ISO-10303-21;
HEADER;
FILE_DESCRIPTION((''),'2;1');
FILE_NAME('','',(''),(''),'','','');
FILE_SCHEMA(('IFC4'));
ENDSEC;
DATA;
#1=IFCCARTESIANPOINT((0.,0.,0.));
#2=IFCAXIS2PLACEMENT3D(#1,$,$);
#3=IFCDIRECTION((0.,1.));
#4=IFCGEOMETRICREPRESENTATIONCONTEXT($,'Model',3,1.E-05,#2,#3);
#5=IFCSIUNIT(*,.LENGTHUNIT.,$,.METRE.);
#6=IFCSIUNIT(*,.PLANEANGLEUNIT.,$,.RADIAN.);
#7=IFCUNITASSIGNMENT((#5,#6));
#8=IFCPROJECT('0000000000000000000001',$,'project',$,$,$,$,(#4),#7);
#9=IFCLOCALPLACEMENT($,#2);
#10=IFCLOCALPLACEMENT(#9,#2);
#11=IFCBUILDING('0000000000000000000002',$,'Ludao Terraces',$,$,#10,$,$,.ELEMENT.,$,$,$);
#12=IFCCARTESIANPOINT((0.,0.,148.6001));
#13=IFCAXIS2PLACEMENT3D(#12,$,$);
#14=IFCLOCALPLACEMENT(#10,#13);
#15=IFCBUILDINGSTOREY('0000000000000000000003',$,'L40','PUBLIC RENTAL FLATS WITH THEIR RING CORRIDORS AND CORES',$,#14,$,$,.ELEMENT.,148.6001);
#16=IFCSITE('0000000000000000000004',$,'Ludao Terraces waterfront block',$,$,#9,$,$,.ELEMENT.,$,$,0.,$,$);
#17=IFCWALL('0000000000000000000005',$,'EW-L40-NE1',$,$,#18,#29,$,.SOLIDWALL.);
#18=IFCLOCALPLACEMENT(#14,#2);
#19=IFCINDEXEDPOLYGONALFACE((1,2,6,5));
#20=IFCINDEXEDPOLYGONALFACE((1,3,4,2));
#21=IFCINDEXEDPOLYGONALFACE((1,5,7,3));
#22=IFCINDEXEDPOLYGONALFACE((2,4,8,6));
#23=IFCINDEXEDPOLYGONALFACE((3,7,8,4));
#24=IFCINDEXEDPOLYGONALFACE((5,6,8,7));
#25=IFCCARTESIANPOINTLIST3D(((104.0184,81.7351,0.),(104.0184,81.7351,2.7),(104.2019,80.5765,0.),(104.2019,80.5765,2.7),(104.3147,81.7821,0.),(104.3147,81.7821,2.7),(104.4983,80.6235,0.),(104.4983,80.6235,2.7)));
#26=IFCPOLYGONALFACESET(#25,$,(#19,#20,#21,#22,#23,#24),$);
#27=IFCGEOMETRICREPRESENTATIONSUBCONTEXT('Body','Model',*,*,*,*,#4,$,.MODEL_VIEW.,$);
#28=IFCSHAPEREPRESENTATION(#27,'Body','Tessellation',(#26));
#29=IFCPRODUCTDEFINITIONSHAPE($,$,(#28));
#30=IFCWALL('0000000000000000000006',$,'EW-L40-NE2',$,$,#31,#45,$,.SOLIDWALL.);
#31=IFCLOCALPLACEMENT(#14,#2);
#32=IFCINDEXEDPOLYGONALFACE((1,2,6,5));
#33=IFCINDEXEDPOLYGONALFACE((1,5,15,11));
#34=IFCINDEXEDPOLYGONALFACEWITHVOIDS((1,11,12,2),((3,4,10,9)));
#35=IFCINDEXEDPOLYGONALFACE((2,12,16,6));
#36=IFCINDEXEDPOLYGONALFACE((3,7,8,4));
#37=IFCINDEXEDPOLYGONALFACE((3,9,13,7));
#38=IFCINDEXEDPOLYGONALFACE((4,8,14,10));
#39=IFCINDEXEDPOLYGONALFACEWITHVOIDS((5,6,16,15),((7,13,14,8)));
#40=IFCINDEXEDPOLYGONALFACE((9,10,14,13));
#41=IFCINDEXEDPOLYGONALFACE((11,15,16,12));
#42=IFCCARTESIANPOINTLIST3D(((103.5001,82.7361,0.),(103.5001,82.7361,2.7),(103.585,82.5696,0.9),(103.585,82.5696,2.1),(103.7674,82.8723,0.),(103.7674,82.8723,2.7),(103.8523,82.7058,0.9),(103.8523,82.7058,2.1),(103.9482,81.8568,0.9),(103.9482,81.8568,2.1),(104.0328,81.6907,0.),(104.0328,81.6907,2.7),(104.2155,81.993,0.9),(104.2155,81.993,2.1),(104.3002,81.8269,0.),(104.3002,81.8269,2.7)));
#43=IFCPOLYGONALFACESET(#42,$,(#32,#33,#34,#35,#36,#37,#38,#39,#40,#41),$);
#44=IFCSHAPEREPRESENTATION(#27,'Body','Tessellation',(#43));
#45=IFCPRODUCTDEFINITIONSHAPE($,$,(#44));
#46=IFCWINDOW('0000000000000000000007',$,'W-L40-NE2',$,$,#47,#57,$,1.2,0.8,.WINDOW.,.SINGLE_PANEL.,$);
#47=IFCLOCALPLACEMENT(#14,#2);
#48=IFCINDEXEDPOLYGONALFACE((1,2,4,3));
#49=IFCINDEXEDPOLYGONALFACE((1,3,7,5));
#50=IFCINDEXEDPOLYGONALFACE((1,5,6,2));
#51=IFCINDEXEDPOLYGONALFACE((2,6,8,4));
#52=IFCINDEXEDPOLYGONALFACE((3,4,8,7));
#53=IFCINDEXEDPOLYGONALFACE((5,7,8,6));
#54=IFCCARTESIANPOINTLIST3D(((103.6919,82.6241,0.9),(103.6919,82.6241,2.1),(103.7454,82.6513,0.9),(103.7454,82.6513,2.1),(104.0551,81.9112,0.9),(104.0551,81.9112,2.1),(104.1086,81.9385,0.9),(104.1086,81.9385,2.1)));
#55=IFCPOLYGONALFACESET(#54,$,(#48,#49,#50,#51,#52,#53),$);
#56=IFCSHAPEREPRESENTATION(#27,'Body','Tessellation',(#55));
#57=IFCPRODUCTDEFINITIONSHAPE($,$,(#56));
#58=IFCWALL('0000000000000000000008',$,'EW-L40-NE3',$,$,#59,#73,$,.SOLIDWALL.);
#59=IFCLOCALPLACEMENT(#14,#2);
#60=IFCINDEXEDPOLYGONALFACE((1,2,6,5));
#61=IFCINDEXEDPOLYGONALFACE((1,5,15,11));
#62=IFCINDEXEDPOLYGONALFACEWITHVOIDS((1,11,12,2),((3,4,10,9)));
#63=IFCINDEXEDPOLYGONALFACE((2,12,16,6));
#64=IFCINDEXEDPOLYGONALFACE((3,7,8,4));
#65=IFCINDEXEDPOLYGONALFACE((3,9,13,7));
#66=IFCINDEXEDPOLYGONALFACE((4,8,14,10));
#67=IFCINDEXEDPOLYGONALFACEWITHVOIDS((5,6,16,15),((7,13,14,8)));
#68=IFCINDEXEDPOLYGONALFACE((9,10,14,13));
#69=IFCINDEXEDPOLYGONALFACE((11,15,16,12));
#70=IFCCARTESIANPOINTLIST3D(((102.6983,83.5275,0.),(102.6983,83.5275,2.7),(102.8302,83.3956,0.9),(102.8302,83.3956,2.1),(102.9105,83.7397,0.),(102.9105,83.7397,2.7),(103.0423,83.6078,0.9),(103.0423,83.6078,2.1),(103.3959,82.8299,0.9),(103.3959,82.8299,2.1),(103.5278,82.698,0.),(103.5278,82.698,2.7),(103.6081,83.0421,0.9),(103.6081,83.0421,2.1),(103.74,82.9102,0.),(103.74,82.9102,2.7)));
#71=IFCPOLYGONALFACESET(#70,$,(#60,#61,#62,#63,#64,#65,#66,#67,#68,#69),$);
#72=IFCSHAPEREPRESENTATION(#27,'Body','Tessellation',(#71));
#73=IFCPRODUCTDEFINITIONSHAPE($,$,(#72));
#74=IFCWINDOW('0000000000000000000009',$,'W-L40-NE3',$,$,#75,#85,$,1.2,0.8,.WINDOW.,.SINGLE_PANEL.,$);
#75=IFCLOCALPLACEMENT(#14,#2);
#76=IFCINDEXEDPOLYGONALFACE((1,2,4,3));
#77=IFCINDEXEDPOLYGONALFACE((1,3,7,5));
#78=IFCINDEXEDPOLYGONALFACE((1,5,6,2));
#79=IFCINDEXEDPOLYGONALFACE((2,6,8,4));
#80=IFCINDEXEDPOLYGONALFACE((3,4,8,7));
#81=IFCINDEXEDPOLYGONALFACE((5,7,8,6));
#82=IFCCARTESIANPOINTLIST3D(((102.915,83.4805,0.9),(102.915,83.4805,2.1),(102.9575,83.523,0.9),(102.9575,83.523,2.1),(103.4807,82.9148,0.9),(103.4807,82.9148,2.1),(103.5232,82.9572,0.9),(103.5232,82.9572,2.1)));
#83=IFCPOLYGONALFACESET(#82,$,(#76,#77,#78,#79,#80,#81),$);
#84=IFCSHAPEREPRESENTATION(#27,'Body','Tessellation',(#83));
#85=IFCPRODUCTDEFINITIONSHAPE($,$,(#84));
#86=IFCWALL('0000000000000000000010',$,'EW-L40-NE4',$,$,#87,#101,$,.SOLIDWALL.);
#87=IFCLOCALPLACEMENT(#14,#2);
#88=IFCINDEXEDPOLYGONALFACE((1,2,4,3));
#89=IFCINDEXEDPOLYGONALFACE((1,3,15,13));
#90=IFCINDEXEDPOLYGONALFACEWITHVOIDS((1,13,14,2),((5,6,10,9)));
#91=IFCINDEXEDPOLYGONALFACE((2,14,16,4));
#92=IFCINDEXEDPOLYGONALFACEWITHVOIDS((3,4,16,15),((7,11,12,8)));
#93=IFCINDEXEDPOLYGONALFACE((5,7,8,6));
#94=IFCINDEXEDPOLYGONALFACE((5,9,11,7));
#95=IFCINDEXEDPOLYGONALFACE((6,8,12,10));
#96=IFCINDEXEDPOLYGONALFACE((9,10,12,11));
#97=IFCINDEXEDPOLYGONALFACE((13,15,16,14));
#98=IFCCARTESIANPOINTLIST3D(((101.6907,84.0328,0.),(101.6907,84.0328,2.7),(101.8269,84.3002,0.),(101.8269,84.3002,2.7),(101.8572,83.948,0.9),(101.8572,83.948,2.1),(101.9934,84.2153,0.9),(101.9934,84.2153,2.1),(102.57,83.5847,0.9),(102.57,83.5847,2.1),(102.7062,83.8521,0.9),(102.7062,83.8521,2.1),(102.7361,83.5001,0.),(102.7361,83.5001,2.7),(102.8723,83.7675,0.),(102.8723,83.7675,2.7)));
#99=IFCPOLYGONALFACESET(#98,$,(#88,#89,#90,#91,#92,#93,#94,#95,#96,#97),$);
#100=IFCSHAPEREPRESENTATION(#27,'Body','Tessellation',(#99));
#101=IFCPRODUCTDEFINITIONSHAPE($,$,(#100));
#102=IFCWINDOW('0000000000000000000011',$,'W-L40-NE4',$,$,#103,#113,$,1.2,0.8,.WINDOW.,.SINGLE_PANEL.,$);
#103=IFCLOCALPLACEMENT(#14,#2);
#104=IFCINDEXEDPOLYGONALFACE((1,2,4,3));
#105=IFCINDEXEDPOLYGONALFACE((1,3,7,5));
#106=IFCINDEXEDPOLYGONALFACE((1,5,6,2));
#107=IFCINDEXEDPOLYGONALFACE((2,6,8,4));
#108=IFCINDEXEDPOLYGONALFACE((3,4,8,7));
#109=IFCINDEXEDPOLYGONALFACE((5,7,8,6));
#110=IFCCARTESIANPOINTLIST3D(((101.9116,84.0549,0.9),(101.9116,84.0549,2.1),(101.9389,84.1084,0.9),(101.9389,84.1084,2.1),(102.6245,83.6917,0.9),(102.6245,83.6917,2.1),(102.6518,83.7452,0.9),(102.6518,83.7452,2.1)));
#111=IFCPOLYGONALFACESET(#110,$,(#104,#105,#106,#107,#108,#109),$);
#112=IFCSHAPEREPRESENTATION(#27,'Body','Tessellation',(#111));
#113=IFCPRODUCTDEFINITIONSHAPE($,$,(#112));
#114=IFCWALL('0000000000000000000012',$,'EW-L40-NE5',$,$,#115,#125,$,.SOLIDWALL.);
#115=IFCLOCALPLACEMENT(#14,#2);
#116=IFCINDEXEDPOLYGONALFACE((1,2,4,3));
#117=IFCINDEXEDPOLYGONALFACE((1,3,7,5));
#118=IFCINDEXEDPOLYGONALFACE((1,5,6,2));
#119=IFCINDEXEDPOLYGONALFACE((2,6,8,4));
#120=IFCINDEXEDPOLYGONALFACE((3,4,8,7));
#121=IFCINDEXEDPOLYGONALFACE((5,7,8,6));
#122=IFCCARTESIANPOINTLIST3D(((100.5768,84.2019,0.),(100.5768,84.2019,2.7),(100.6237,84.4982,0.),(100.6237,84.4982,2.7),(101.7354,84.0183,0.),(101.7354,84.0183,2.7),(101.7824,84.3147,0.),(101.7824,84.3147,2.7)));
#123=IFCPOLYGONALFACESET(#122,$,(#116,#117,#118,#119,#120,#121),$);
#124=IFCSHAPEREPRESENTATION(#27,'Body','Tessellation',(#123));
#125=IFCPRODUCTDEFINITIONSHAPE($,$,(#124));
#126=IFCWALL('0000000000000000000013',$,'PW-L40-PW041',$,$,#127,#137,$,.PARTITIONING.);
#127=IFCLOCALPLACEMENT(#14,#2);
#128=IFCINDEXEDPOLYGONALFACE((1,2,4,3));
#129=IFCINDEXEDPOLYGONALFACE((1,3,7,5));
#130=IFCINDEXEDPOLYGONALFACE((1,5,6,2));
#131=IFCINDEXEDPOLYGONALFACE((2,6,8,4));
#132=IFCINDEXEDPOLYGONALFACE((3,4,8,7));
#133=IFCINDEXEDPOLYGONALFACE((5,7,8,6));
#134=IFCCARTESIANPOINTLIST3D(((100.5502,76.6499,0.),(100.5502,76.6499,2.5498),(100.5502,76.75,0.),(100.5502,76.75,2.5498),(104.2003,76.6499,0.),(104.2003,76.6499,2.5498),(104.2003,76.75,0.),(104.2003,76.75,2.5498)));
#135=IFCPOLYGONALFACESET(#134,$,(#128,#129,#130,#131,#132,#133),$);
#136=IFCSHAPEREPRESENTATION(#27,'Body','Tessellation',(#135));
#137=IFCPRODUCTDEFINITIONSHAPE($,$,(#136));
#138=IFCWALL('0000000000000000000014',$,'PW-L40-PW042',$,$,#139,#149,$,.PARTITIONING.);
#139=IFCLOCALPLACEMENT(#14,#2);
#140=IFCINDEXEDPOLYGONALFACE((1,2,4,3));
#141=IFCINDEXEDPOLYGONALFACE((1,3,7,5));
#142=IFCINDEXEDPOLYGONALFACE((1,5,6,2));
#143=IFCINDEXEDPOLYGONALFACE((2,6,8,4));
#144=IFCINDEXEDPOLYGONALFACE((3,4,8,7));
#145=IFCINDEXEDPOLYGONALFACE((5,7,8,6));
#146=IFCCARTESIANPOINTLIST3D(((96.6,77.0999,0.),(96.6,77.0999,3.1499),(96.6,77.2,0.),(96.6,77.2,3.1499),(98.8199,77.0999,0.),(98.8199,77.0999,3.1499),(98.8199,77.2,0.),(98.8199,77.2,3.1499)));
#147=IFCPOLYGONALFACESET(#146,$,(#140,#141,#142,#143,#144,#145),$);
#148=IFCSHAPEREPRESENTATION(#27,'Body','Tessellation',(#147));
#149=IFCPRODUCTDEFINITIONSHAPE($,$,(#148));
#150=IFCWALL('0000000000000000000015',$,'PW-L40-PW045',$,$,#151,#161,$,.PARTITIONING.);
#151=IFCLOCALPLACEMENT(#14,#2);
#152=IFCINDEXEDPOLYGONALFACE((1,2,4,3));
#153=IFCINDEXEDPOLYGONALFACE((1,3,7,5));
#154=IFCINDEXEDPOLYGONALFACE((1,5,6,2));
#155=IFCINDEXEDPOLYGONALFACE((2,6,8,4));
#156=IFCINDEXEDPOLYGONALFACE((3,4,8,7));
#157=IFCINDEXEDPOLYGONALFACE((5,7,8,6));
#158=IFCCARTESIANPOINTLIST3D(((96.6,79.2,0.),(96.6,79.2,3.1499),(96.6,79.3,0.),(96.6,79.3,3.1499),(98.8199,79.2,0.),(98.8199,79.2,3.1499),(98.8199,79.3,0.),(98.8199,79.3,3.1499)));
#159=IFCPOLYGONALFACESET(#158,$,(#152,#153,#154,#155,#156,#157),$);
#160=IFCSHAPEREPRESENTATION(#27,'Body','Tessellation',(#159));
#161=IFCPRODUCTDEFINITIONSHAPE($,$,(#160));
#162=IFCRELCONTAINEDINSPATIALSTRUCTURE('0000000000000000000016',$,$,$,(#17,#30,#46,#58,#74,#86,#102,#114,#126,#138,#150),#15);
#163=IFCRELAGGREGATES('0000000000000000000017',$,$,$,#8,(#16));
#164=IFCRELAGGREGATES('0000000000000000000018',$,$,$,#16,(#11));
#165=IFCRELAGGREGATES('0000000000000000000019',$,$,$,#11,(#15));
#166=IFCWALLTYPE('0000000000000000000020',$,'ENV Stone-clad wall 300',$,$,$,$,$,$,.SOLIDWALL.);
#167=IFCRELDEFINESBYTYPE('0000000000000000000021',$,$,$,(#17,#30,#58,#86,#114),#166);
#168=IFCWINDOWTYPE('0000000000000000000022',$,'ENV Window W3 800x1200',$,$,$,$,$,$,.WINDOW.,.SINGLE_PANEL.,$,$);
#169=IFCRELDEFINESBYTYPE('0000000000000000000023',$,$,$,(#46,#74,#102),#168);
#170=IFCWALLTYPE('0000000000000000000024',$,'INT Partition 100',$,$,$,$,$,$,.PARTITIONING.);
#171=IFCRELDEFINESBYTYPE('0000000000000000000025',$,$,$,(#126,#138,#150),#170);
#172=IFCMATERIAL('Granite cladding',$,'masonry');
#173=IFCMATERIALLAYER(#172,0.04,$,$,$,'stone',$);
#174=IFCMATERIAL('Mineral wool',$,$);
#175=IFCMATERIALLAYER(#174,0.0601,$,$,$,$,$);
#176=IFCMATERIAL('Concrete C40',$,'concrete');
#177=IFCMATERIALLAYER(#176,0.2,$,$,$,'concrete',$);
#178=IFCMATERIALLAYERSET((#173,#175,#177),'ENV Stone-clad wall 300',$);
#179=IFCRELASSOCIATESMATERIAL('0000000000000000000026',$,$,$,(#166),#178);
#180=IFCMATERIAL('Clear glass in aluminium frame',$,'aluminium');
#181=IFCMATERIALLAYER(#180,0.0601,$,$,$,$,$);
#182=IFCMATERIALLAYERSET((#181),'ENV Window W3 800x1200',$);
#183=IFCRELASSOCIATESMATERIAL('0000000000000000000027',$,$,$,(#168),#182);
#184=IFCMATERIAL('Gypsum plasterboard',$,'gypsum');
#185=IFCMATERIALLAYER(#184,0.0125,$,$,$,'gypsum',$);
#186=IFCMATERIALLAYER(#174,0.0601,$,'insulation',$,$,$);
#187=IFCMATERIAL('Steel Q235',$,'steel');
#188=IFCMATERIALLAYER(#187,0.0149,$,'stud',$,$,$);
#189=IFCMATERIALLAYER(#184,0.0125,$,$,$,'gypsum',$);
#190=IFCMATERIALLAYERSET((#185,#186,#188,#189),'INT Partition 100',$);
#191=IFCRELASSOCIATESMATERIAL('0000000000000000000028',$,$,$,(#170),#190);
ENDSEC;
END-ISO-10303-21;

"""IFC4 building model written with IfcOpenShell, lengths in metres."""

from ifc_helpers import new_model, si_unit, direction, frame, frame_2d, origin, place, context, subcontext, project, spatial, rectangle, extrude, material, layer, layer_set, type_object, element, fill, save


model = new_model("IFC4")

# Units and contexts
model_context = context("Model", 3, precision=1e-05, world=origin(), true_north=direction((0.0, 1.0)))
body_context = subcontext(model_context, "Body", "Model", "MODEL_VIEW")
ifc_project = project(units=[si_unit("LENGTHUNIT", "METRE"), si_unit("PLANEANGLEUNIT", "RADIAN")], contexts=[model_context])

# Site, building, storey
site_placement = place(None, origin())
site = spatial("IfcSite", under=ifc_project, at=site_placement, Name="Ludao Terraces waterfront block", CompositionType="ELEMENT", RefElevation=0.0)
building_placement = place(site_placement, origin())
building = spatial("IfcBuilding", under=site, at=building_placement, Name="Ludao Terraces", CompositionType="ELEMENT")
storey_placement = place(building_placement, frame((0.0, 0.0, 148.6001)))
storey = spatial("IfcBuildingStorey", under=building, at=storey_placement, Name="L40", Description="PUBLIC RENTAL FLATS WITH THEIR RING CORRIDORS AND CORES", CompositionType="ELEMENT", Elevation=148.6001)

# Shared definitions
ifc_material_1 = material(Name="Concrete C40", Category="concrete")

# Shared definitions
ifc_material_2 = material(Name="Steel Q235", Category="steel")

# Shared definitions
ifc_material_3 = material(Name="Granite cladding", Category="masonry")
ifc_layer_1 = layer(ifc_material_3, 0.04, Category="stone")
ifc_material_4 = material(Name="Mineral wool")
ifc_layer_2 = layer(ifc_material_4, 0.0601)
ifc_layer_3 = layer(ifc_material_1, 0.2, Category="concrete")
ifc_layer_set_1 = layer_set([ifc_layer_1, ifc_layer_2, ifc_layer_3], Name="ENV Stone-clad wall 300")
wall_type_1 = type_object("IfcWallType", Name="ENV Stone-clad wall 300", PredefinedType="SOLIDWALL", material=ifc_layer_set_1)
ifc_material_5 = material(Name="Clear glass in aluminium frame", Category="aluminium")

# Wall
wall_1_placement = place(storey_placement, frame((104.3501, 80.6001, 0.0), z_axis=(0.0, 0.0, 1.0), x_axis=(-0.156497, 0.987678, 0.0)))
element("IfcWall", 1, at=wall_1_placement, inside=storey, type_object=wall_type_1, Name="EW-L40-NE1", PredefinedType="SOLIDWALL", context=body_context, shape_type="SweptSolid", body=[
    extrude(rectangle(XDim=1.1731, YDim=0.3, at=frame_2d((0.5864, 0.0))), origin(), (0.0, 0.0, 1.0), 2.7),
])

# Walls, openings, windows
wall_2_placement = place(storey_placement, frame((104.1665, 81.7588, 0.0), z_axis=(0.0, 0.0, 1.0), x_axis=(-0.454026, 0.890989, 0.0)))
wall_2 = element("IfcWall", 2, at=wall_2_placement, inside=storey, type_object=wall_type_1, Name="EW-L40-NE2", PredefinedType="SOLIDWALL", context=body_context, shape_type="SweptSolid", body=[
    extrude(rectangle(XDim=1.1733, YDim=0.3, at=frame_2d((0.5867, 0.0))), origin(), (0.0, 0.0, 1.0), 2.7),
])
opening_1_placement = place(wall_2_placement, frame((0.1865, 0.0, 0.8999)))
opening_1 = element("IfcOpeningElement", 3, at=opening_1_placement, cuts=wall_2, PredefinedType="OPENING", context=body_context, shape_type="SweptSolid", body=[
    extrude(rectangle(XDim=0.8, YDim=1.2, at=frame_2d((0.3999, 0.6001))), frame((0.0, 0.1602, 0.0), z_axis=(0.0, -1.0, 0.0), x_axis=(1.0, 0.0, 0.0)), (0.0, 0.0, 1.0), 0.3201),
])
ifc_layer_4 = layer(ifc_material_5, 0.0601)
ifc_layer_set_2 = layer_set([ifc_layer_4], Name="ENV Window W3 800x1200")
window_type_1 = type_object("IfcWindowType", Name="ENV Window W3 800x1200", PartitioningType="SINGLE_PANEL", PredefinedType="WINDOW", material=ifc_layer_set_2)
window_1_placement = place(opening_1_placement, origin())
window_1 = element("IfcWindow", 4, at=window_1_placement, inside=storey, type_object=window_type_1, Name="W-L40-NE2", OverallHeight=1.2, OverallWidth=0.8, PartitioningType="SINGLE_PANEL", PredefinedType="WINDOW", context=body_context, shape_type="SweptSolid", body=[
    extrude(rectangle(XDim=0.8, YDim=1.2, at=frame_2d((0.3999, 0.6001))), frame((0.0, 0.03, 0.0), z_axis=(0.0, -1.0, 0.0), x_axis=(1.0, 0.0, 0.0)), (0.0, 0.0, 1.0), 0.0601),
])
fill(opening_1, window_1)
wall_3_placement = place(storey_placement, frame((103.6338, 82.8042, 0.0), z_axis=(0.0, 0.0, 1.0), x_axis=(-0.707107, 0.707107, 0.0)))
wall_3 = element("IfcWall", 5, at=wall_3_placement, inside=storey, type_object=wall_type_1, Name="EW-L40-NE3", PredefinedType="SOLIDWALL", context=body_context, shape_type="SweptSolid", body=[
    extrude(rectangle(XDim=1.1731, YDim=0.3, at=frame_2d((0.5864, 0.0))), origin(), (0.0, 0.0, 1.0), 2.7),
])
opening_2_placement = place(wall_3_placement, frame((0.1865, 0.0, 0.8999)))
opening_2 = element("IfcOpeningElement", 6, at=opening_2_placement, cuts=wall_3, PredefinedType="OPENING", context=body_context, shape_type="SweptSolid", body=[
    extrude(rectangle(XDim=0.8, YDim=1.2, at=frame_2d((0.3999, 0.6001))), frame((0.0, 0.1602, 0.0), z_axis=(0.0, -1.0, 0.0), x_axis=(1.0, 0.0, 0.0)), (0.0, 0.0, 1.0), 0.3201),
])
window_2_placement = place(opening_2_placement, origin())
window_2 = element("IfcWindow", 7, at=window_2_placement, inside=storey, type_object=window_type_1, Name="W-L40-NE3", OverallHeight=1.2, OverallWidth=0.8, PartitioningType="SINGLE_PANEL", PredefinedType="WINDOW", context=body_context, shape_type="SweptSolid", body=[
    extrude(rectangle(XDim=0.8, YDim=1.2, at=frame_2d((0.3999, 0.6001))), frame((0.0, 0.03, 0.0), z_axis=(0.0, -1.0, 0.0), x_axis=(1.0, 0.0, 0.0)), (0.0, 0.0, 1.0), 0.0601),
])
fill(opening_2, window_2)
wall_4_placement = place(storey_placement, frame((102.8042, 83.6338, 0.0), z_axis=(0.0, 0.0, 1.0), x_axis=(-0.890989, 0.454026, 0.0)))
wall_4 = element("IfcWall", 8, at=wall_4_placement, inside=storey, type_object=wall_type_1, Name="EW-L40-NE4", PredefinedType="SOLIDWALL", context=body_context, shape_type="SweptSolid", body=[
    extrude(rectangle(XDim=1.1733, YDim=0.3, at=frame_2d((0.5867, 0.0))), origin(), (0.0, 0.0, 1.0), 2.7),
])
opening_3_placement = place(wall_4_placement, frame((0.1865, 0.0, 0.8999)))
opening_3 = element("IfcOpeningElement", 9, at=opening_3_placement, cuts=wall_4, PredefinedType="OPENING", context=body_context, shape_type="SweptSolid", body=[
    extrude(rectangle(XDim=0.8, YDim=1.2, at=frame_2d((0.3999, 0.6001))), frame((0.0, 0.1602, 0.0), z_axis=(0.0, -1.0, 0.0), x_axis=(1.0, 0.0, 0.0)), (0.0, 0.0, 1.0), 0.3201),
])
window_3_placement = place(opening_3_placement, origin())
window_3 = element("IfcWindow", 10, at=window_3_placement, inside=storey, type_object=window_type_1, Name="W-L40-NE4", OverallHeight=1.2, OverallWidth=0.8, PartitioningType="SINGLE_PANEL", PredefinedType="WINDOW", context=body_context, shape_type="SweptSolid", body=[
    extrude(rectangle(XDim=0.8, YDim=1.2, at=frame_2d((0.3999, 0.6001))), frame((0.0, 0.03, 0.0), z_axis=(0.0, -1.0, 0.0), x_axis=(1.0, 0.0, 0.0)), (0.0, 0.0, 1.0), 0.0601),
])
fill(opening_3, window_3)

# Walls
wall_5_placement = place(storey_placement, frame((101.7588, 84.1665, 0.0), z_axis=(0.0, 0.0, 1.0), x_axis=(-0.987678, 0.156497, 0.0)))
element("IfcWall", 11, at=wall_5_placement, inside=storey, type_object=wall_type_1, Name="EW-L40-NE5", PredefinedType="SOLIDWALL", context=body_context, shape_type="SweptSolid", body=[
    extrude(rectangle(XDim=1.1731, YDim=0.3, at=frame_2d((0.5864, 0.0))), origin(), (0.0, 0.0, 1.0), 2.7),
])
ifc_material_6 = material(Name="Gypsum plasterboard", Category="gypsum")
ifc_layer_5 = layer(ifc_material_6, 0.0125, Category="gypsum")
ifc_layer_6 = layer(ifc_material_4, 0.0601, Name="insulation")
ifc_layer_7 = layer(ifc_material_2, 0.0149, Name="stud")
ifc_layer_8 = layer(ifc_material_6, 0.0125, Category="gypsum")
ifc_layer_set_3 = layer_set([ifc_layer_5, ifc_layer_6, ifc_layer_7, ifc_layer_8], Name="INT Partition 100")
wall_type_2 = type_object("IfcWallType", Name="INT Partition 100", PredefinedType="PARTITIONING", material=ifc_layer_set_3)
wall_6_placement = place(storey_placement, frame((100.55, 76.7, 0.0), z_axis=(0.0, 0.0, 1.0), x_axis=(1.0, 0.0, 0.0)))
element("IfcWall", 12, at=wall_6_placement, inside=storey, type_object=wall_type_2, Name="PW-L40-PW041", PredefinedType="PARTITIONING", context=body_context, shape_type="SweptSolid", body=[
    extrude(rectangle(XDim=3.6501, YDim=0.1001, at=frame_2d((1.8252, 0.0))), origin(), (0.0, 0.0, 1.0), 2.5498),
])
for number, where, z_axis, x_axis, name in (
    (13, (96.6001, 77.1499, 0.0), (0.0, 0.0, 1.0), (1.0, 0.0, 0.0), "PW-L40-PW042"),
    (14, (96.6001, 79.25, 0.0), (0.0, 0.0, 1.0), (1.0, 0.0, 0.0), "PW-L40-PW045"),
):
    element("IfcWall", number, at=place(storey_placement, frame(where, z_axis=z_axis, x_axis=x_axis)), inside=storey, type_object=wall_type_2, Name=name, PredefinedType="PARTITIONING", context=body_context, shape_type="SweptSolid", body=[
        extrude(rectangle(XDim=2.22, YDim=0.1001, at=frame_2d((1.1099, 0.0))), origin(), (0.0, 0.0, 1.0), 3.1499),
    ])

save(model, "model.ifc")
